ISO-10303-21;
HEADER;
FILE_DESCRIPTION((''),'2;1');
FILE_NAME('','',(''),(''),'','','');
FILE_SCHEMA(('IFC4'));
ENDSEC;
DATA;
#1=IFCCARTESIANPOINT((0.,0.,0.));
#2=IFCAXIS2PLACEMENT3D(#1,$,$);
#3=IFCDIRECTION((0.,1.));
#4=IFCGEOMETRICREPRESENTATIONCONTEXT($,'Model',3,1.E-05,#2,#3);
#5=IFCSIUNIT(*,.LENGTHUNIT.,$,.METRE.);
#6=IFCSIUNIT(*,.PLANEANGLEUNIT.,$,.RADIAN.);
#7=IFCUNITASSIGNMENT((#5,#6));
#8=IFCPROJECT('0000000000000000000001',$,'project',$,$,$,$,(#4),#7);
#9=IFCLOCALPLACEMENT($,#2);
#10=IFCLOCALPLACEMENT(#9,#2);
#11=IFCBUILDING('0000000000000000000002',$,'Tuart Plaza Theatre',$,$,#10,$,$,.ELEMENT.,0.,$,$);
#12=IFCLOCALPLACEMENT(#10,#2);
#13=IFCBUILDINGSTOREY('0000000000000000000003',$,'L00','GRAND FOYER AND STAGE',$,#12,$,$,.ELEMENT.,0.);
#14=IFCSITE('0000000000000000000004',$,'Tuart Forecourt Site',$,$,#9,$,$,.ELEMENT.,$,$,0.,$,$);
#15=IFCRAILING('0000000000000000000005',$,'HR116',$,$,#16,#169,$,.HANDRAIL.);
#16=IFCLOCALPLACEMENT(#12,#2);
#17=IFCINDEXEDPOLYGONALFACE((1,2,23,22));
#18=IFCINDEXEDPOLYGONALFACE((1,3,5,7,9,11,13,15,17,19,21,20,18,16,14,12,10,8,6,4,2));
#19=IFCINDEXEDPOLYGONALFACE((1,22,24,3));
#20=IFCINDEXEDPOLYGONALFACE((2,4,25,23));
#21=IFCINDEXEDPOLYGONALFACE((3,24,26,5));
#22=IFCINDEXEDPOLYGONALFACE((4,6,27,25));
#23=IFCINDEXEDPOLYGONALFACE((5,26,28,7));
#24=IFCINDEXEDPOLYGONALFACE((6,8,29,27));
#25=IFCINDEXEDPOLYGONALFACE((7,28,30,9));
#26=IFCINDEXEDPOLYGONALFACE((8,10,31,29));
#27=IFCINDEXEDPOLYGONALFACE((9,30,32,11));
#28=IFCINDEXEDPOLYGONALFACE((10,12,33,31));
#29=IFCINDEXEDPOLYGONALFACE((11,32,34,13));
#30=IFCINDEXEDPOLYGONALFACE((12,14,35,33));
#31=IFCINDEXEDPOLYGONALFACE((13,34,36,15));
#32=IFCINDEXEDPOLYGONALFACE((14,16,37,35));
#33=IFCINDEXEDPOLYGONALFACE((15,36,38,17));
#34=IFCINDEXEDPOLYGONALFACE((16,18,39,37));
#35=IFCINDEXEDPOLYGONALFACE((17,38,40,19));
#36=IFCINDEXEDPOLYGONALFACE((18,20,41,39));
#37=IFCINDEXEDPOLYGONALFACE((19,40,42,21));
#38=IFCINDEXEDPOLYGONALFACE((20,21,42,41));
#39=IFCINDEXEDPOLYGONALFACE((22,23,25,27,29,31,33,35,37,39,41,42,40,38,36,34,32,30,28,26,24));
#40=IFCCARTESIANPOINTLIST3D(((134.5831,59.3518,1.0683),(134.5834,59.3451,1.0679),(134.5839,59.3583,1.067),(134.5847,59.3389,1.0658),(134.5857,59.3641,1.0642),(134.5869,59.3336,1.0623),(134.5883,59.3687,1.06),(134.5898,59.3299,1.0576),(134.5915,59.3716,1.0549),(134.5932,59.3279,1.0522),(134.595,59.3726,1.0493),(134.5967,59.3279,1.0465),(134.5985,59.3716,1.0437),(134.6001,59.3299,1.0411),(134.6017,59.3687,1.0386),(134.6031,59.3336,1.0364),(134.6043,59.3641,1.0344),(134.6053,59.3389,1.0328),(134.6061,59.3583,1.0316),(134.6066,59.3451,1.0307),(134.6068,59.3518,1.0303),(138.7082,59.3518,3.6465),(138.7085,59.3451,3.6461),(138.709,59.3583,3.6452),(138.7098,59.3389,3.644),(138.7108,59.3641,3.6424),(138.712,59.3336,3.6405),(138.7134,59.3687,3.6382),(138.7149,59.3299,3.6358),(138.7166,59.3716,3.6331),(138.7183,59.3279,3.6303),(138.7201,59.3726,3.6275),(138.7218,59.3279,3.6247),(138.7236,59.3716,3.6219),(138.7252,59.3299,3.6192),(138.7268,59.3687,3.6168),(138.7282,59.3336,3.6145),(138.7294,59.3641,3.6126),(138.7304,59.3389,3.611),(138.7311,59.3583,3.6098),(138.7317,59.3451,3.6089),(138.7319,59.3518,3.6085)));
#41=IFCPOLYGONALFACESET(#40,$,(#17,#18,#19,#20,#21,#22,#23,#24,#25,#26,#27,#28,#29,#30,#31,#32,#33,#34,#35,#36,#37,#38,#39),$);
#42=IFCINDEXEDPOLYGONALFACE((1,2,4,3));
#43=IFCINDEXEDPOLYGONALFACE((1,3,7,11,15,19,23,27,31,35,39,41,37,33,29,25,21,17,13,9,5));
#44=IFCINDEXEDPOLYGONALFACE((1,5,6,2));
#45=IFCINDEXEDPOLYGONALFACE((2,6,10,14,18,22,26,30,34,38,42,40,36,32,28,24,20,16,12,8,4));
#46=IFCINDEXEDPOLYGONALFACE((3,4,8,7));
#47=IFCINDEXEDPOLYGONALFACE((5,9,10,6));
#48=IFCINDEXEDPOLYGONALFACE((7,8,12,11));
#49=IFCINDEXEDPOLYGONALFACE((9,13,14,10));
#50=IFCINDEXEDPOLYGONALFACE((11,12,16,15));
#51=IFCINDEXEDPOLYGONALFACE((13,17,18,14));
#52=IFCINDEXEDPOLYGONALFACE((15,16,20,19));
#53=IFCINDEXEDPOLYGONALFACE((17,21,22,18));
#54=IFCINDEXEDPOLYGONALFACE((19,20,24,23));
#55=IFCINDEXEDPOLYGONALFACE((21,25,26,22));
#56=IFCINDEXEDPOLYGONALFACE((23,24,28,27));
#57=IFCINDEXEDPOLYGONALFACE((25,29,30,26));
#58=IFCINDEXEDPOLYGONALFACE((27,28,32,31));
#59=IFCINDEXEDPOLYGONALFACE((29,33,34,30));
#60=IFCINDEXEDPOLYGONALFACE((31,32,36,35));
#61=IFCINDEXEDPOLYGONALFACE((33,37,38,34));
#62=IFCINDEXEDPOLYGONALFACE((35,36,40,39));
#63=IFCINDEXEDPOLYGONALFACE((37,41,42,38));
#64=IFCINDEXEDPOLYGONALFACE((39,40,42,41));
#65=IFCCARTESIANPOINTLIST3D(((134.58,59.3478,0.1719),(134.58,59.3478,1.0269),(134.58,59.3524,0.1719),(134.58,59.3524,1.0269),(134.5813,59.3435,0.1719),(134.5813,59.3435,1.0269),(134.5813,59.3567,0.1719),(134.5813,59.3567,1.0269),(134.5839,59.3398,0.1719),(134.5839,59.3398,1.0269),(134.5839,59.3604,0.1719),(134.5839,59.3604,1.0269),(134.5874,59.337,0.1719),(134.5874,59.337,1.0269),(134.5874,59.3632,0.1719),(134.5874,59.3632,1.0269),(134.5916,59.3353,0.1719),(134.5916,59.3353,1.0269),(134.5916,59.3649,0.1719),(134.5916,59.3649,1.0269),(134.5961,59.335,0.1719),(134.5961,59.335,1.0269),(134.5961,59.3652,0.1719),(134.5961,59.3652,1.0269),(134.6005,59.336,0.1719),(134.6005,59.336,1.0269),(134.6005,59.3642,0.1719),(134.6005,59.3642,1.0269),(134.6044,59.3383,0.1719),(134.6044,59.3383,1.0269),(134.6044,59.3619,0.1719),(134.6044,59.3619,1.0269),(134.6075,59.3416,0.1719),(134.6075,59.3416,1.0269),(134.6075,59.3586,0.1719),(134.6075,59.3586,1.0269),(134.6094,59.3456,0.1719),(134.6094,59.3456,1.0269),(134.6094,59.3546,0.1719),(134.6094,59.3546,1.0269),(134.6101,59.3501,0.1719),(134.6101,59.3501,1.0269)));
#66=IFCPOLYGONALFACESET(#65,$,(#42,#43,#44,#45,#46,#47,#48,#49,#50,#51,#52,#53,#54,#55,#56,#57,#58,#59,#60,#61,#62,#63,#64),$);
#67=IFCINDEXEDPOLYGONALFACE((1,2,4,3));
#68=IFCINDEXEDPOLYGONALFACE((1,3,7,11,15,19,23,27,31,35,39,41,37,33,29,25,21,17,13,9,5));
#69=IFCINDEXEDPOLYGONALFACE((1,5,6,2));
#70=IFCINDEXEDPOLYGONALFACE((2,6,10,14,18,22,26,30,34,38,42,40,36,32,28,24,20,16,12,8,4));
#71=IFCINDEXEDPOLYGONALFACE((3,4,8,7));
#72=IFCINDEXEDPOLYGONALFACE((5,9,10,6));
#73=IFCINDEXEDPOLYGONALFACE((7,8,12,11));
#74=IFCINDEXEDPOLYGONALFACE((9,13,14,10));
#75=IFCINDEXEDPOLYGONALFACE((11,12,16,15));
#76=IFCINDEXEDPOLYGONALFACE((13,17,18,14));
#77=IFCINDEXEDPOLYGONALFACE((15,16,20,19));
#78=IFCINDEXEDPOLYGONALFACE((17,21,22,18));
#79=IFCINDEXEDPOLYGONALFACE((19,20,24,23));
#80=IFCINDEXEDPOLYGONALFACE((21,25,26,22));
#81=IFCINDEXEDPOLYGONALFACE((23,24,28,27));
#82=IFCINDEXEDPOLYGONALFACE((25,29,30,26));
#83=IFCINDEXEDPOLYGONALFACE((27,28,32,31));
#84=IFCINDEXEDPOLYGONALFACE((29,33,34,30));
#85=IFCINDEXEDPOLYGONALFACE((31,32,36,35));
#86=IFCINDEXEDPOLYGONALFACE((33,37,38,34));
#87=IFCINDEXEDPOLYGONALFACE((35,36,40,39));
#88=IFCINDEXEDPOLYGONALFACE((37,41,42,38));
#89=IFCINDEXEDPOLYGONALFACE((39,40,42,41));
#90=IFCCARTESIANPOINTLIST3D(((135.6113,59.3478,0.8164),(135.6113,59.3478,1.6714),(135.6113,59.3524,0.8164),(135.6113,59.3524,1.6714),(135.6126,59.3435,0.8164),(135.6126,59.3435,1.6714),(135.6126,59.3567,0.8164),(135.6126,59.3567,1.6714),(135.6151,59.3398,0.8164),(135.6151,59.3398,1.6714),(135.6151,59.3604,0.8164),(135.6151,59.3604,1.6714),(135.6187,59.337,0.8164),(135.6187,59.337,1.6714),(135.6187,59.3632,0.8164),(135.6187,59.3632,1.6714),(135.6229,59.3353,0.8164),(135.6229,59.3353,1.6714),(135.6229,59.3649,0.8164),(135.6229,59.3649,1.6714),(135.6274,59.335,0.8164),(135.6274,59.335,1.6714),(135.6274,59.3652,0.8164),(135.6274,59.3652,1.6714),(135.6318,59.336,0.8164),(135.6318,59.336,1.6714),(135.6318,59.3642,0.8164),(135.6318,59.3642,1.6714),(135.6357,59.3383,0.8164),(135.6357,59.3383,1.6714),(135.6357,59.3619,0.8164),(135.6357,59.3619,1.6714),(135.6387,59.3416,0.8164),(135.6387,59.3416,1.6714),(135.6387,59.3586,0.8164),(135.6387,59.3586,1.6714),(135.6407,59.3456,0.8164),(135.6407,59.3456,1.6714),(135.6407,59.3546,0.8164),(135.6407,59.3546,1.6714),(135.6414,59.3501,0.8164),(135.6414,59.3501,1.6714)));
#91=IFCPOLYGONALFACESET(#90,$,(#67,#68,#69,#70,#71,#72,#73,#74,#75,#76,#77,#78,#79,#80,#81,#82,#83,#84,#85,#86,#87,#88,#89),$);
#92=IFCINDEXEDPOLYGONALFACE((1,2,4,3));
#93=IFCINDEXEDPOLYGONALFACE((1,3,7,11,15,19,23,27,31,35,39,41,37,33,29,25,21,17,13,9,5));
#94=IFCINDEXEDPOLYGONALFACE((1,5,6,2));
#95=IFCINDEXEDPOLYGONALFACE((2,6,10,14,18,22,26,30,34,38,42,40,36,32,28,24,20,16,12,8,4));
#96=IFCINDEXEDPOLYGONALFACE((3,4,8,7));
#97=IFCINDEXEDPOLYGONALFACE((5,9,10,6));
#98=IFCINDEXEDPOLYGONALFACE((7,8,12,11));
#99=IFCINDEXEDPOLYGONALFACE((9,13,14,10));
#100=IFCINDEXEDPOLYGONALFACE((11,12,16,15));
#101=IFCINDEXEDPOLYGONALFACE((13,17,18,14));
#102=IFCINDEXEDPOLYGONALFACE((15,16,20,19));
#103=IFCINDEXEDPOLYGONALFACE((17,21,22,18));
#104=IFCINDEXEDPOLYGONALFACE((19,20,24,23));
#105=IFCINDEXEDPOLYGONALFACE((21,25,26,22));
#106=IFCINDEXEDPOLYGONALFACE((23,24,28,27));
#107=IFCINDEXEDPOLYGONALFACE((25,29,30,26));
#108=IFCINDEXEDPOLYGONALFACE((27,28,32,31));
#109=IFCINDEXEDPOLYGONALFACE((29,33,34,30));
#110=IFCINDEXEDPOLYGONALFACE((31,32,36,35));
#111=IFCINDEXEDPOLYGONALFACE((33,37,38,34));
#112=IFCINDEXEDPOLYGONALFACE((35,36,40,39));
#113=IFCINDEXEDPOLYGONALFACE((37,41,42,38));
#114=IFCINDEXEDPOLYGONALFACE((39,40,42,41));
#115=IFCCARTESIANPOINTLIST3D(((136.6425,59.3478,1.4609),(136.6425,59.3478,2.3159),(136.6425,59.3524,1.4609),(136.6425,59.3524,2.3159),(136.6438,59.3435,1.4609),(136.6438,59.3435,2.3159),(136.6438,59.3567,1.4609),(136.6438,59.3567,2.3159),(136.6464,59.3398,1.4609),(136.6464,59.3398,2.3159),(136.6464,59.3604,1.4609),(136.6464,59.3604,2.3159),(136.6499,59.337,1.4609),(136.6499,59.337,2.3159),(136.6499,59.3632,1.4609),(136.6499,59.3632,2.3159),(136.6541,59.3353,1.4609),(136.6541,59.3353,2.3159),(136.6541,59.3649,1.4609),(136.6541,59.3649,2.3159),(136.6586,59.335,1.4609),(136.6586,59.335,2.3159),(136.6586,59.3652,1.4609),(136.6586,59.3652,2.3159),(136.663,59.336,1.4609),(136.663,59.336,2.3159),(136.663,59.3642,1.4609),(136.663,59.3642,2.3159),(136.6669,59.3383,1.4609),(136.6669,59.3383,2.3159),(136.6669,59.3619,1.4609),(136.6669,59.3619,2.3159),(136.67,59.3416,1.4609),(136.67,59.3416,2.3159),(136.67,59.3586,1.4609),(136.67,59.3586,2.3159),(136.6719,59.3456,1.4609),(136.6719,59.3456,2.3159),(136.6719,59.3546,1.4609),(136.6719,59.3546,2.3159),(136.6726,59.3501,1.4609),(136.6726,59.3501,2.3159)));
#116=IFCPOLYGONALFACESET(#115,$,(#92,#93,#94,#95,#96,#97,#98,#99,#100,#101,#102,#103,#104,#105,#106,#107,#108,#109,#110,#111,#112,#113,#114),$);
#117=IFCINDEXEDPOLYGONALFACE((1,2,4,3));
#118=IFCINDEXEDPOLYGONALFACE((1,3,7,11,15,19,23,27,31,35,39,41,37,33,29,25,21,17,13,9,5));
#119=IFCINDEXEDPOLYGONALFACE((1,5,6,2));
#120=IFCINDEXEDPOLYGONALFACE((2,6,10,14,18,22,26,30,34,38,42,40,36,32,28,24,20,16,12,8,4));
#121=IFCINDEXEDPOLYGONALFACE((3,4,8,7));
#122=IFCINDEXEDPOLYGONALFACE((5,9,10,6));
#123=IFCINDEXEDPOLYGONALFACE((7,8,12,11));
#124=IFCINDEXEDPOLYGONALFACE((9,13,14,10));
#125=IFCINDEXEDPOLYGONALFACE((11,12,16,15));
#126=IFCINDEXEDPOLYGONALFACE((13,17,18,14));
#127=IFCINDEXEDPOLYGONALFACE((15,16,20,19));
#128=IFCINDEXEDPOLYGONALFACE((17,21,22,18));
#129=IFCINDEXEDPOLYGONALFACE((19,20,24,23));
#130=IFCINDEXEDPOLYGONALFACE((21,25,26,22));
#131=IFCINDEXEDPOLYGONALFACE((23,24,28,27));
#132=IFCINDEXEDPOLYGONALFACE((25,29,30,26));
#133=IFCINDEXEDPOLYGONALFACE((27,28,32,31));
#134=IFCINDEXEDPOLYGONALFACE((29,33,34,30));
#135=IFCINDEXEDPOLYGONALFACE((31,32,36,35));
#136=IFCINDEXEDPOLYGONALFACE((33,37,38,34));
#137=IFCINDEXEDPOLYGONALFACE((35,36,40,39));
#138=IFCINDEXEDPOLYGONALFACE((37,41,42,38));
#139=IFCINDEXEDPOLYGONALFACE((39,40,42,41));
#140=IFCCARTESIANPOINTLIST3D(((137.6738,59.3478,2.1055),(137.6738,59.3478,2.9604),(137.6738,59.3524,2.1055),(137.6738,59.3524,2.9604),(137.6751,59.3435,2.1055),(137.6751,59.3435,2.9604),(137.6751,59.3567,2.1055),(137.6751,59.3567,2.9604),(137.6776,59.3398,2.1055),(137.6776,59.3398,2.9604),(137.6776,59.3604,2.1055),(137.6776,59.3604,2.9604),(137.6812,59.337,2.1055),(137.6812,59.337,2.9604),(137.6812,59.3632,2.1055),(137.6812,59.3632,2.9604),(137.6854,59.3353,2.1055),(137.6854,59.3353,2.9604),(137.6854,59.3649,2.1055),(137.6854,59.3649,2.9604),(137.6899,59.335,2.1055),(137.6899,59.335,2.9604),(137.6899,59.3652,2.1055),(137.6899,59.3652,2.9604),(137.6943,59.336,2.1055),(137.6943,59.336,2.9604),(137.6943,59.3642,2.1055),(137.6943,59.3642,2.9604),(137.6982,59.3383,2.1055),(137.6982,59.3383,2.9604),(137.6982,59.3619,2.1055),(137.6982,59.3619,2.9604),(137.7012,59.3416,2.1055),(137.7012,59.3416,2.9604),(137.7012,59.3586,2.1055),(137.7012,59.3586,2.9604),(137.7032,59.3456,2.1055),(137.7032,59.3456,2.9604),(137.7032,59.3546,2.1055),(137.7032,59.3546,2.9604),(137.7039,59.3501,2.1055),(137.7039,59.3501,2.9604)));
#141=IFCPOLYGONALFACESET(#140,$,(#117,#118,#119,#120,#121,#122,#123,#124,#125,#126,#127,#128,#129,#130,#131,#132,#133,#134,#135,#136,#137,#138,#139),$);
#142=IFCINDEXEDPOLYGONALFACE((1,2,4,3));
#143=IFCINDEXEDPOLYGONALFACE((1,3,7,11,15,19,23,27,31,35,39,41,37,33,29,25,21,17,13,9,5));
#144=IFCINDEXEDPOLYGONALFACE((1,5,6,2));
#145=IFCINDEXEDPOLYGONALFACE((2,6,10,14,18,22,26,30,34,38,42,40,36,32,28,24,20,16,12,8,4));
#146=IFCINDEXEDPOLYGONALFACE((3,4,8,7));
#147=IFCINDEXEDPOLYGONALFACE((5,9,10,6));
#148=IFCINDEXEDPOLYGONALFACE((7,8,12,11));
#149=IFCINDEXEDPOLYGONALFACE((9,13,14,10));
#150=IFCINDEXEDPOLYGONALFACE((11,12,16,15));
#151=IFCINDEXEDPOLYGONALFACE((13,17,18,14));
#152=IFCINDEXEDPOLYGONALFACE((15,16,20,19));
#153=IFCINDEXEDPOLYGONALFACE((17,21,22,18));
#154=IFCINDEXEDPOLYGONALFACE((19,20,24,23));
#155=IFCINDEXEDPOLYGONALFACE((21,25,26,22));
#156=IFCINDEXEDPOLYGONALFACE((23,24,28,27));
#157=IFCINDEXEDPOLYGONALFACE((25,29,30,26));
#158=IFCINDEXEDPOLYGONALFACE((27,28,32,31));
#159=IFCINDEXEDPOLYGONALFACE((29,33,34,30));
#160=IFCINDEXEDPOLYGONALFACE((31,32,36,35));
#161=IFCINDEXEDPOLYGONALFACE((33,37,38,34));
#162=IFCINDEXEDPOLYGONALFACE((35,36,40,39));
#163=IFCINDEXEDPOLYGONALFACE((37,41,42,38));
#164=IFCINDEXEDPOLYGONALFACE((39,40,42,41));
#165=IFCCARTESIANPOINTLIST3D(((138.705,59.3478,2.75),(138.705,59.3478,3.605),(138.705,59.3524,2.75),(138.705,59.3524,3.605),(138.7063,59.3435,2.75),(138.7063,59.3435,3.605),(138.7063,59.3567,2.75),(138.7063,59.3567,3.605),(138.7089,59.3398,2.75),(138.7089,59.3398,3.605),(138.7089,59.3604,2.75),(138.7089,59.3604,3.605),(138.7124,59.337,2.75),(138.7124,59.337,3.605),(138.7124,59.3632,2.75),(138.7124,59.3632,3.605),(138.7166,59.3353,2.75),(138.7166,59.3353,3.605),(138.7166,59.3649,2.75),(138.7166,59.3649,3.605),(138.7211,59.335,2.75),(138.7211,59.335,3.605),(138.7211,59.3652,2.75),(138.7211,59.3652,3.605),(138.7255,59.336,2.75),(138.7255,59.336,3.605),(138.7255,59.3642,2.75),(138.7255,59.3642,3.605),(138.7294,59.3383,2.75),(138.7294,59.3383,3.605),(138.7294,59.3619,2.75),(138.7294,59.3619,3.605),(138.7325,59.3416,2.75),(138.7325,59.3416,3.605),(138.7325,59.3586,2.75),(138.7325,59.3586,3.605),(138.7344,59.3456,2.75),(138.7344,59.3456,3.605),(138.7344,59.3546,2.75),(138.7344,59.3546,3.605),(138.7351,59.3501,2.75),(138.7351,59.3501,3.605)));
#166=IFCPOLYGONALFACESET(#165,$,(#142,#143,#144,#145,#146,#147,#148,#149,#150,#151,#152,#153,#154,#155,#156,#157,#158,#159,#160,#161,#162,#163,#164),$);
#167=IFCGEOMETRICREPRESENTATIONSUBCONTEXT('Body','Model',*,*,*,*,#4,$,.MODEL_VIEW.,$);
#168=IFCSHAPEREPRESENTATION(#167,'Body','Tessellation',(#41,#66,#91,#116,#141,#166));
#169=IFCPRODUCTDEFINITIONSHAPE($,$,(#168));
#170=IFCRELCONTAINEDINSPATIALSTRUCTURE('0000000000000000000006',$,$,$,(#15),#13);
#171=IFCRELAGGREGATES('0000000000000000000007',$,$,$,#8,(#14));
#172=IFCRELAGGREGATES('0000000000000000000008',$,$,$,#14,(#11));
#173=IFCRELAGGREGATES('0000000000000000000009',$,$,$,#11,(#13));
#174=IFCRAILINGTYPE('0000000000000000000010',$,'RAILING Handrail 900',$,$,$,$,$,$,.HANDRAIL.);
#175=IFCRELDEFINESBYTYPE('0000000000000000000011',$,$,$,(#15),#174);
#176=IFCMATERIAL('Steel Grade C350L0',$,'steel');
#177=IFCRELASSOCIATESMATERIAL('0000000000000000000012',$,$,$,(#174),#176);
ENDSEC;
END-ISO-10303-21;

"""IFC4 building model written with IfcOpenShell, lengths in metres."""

from ifc_helpers import new_model, si_unit, direction, frame, origin, origin_2d, place, context, subcontext, project, spatial, circle, extrude, material, type_object, element, save


model = new_model("IFC4")

# Units and contexts
model_context = context("Model", 3, precision=1e-05, world=origin(), true_north=direction((0.0, 1.0)))
body_context = subcontext(model_context, "Body", "Model", "MODEL_VIEW")
ifc_project = project(units=[si_unit("LENGTHUNIT", "METRE"), si_unit("PLANEANGLEUNIT", "RADIAN")], contexts=[model_context])

# Site, building, storey
site_placement = place(None, origin())
site = spatial("IfcSite", under=ifc_project, at=site_placement, Name="Tuart Forecourt Site", CompositionType="ELEMENT", RefElevation=0.0)
building_placement = place(site_placement, origin())
building = spatial("IfcBuilding", under=site, at=building_placement, Name="Tuart Plaza Theatre", CompositionType="ELEMENT", ElevationOfRefHeight=0.0)
storey_placement = place(building_placement, origin())
storey = spatial("IfcBuildingStorey", under=building, at=storey_placement, Name="L00", Description="GRAND FOYER AND STAGE", CompositionType="ELEMENT", Elevation=0.0)

# Railing
ifc_material_1 = material(Name="Steel Grade C350L0", Category="steel")
railing_type_1 = type_object("IfcRailingType", Name="RAILING Handrail 900", PredefinedType="HANDRAIL", material=ifc_material_1)
for number, where, name in (
    (1, (134.595, 59.3501, 0.1719), "HR116"),
):
    element("IfcRailing", number, at=place(storey_placement, frame(where)), inside=storey, type_object=railing_type_1, Name=name, PredefinedType="HANDRAIL", context=body_context, shape_type="SweptSolid", body=[
        extrude(circle(Radius=0.0225, at=origin_2d()), frame((0.0, 0.0, 0.8774), z_axis=(0.847998, 0.0, 0.529999), x_axis=(0.0, 1.0, 0.0)), (0.0, 0.0, 1.0), 4.8645),
        extrude(circle(Radius=0.0151, at=origin_2d()), origin(), (0.0, 0.0, 1.0), 0.855),
        extrude(circle(Radius=0.0151, at=origin_2d()), frame((1.0312, 0.0, 0.6445)), (0.0, 0.0, 1.0), 0.855),
        extrude(circle(Radius=0.0151, at=origin_2d()), frame((2.0625, 0.0, 1.2891)), (0.0, 0.0, 1.0), 0.855),
        extrude(circle(Radius=0.0151, at=origin_2d()), frame((3.0938, 0.0, 1.9336)), (0.0, 0.0, 1.0), 0.855),
        extrude(circle(Radius=0.0151, at=origin_2d()), frame((4.125, 0.0, 2.5781)), (0.0, 0.0, 1.0), 0.855),
    ])

save(model, "model.ifc")
